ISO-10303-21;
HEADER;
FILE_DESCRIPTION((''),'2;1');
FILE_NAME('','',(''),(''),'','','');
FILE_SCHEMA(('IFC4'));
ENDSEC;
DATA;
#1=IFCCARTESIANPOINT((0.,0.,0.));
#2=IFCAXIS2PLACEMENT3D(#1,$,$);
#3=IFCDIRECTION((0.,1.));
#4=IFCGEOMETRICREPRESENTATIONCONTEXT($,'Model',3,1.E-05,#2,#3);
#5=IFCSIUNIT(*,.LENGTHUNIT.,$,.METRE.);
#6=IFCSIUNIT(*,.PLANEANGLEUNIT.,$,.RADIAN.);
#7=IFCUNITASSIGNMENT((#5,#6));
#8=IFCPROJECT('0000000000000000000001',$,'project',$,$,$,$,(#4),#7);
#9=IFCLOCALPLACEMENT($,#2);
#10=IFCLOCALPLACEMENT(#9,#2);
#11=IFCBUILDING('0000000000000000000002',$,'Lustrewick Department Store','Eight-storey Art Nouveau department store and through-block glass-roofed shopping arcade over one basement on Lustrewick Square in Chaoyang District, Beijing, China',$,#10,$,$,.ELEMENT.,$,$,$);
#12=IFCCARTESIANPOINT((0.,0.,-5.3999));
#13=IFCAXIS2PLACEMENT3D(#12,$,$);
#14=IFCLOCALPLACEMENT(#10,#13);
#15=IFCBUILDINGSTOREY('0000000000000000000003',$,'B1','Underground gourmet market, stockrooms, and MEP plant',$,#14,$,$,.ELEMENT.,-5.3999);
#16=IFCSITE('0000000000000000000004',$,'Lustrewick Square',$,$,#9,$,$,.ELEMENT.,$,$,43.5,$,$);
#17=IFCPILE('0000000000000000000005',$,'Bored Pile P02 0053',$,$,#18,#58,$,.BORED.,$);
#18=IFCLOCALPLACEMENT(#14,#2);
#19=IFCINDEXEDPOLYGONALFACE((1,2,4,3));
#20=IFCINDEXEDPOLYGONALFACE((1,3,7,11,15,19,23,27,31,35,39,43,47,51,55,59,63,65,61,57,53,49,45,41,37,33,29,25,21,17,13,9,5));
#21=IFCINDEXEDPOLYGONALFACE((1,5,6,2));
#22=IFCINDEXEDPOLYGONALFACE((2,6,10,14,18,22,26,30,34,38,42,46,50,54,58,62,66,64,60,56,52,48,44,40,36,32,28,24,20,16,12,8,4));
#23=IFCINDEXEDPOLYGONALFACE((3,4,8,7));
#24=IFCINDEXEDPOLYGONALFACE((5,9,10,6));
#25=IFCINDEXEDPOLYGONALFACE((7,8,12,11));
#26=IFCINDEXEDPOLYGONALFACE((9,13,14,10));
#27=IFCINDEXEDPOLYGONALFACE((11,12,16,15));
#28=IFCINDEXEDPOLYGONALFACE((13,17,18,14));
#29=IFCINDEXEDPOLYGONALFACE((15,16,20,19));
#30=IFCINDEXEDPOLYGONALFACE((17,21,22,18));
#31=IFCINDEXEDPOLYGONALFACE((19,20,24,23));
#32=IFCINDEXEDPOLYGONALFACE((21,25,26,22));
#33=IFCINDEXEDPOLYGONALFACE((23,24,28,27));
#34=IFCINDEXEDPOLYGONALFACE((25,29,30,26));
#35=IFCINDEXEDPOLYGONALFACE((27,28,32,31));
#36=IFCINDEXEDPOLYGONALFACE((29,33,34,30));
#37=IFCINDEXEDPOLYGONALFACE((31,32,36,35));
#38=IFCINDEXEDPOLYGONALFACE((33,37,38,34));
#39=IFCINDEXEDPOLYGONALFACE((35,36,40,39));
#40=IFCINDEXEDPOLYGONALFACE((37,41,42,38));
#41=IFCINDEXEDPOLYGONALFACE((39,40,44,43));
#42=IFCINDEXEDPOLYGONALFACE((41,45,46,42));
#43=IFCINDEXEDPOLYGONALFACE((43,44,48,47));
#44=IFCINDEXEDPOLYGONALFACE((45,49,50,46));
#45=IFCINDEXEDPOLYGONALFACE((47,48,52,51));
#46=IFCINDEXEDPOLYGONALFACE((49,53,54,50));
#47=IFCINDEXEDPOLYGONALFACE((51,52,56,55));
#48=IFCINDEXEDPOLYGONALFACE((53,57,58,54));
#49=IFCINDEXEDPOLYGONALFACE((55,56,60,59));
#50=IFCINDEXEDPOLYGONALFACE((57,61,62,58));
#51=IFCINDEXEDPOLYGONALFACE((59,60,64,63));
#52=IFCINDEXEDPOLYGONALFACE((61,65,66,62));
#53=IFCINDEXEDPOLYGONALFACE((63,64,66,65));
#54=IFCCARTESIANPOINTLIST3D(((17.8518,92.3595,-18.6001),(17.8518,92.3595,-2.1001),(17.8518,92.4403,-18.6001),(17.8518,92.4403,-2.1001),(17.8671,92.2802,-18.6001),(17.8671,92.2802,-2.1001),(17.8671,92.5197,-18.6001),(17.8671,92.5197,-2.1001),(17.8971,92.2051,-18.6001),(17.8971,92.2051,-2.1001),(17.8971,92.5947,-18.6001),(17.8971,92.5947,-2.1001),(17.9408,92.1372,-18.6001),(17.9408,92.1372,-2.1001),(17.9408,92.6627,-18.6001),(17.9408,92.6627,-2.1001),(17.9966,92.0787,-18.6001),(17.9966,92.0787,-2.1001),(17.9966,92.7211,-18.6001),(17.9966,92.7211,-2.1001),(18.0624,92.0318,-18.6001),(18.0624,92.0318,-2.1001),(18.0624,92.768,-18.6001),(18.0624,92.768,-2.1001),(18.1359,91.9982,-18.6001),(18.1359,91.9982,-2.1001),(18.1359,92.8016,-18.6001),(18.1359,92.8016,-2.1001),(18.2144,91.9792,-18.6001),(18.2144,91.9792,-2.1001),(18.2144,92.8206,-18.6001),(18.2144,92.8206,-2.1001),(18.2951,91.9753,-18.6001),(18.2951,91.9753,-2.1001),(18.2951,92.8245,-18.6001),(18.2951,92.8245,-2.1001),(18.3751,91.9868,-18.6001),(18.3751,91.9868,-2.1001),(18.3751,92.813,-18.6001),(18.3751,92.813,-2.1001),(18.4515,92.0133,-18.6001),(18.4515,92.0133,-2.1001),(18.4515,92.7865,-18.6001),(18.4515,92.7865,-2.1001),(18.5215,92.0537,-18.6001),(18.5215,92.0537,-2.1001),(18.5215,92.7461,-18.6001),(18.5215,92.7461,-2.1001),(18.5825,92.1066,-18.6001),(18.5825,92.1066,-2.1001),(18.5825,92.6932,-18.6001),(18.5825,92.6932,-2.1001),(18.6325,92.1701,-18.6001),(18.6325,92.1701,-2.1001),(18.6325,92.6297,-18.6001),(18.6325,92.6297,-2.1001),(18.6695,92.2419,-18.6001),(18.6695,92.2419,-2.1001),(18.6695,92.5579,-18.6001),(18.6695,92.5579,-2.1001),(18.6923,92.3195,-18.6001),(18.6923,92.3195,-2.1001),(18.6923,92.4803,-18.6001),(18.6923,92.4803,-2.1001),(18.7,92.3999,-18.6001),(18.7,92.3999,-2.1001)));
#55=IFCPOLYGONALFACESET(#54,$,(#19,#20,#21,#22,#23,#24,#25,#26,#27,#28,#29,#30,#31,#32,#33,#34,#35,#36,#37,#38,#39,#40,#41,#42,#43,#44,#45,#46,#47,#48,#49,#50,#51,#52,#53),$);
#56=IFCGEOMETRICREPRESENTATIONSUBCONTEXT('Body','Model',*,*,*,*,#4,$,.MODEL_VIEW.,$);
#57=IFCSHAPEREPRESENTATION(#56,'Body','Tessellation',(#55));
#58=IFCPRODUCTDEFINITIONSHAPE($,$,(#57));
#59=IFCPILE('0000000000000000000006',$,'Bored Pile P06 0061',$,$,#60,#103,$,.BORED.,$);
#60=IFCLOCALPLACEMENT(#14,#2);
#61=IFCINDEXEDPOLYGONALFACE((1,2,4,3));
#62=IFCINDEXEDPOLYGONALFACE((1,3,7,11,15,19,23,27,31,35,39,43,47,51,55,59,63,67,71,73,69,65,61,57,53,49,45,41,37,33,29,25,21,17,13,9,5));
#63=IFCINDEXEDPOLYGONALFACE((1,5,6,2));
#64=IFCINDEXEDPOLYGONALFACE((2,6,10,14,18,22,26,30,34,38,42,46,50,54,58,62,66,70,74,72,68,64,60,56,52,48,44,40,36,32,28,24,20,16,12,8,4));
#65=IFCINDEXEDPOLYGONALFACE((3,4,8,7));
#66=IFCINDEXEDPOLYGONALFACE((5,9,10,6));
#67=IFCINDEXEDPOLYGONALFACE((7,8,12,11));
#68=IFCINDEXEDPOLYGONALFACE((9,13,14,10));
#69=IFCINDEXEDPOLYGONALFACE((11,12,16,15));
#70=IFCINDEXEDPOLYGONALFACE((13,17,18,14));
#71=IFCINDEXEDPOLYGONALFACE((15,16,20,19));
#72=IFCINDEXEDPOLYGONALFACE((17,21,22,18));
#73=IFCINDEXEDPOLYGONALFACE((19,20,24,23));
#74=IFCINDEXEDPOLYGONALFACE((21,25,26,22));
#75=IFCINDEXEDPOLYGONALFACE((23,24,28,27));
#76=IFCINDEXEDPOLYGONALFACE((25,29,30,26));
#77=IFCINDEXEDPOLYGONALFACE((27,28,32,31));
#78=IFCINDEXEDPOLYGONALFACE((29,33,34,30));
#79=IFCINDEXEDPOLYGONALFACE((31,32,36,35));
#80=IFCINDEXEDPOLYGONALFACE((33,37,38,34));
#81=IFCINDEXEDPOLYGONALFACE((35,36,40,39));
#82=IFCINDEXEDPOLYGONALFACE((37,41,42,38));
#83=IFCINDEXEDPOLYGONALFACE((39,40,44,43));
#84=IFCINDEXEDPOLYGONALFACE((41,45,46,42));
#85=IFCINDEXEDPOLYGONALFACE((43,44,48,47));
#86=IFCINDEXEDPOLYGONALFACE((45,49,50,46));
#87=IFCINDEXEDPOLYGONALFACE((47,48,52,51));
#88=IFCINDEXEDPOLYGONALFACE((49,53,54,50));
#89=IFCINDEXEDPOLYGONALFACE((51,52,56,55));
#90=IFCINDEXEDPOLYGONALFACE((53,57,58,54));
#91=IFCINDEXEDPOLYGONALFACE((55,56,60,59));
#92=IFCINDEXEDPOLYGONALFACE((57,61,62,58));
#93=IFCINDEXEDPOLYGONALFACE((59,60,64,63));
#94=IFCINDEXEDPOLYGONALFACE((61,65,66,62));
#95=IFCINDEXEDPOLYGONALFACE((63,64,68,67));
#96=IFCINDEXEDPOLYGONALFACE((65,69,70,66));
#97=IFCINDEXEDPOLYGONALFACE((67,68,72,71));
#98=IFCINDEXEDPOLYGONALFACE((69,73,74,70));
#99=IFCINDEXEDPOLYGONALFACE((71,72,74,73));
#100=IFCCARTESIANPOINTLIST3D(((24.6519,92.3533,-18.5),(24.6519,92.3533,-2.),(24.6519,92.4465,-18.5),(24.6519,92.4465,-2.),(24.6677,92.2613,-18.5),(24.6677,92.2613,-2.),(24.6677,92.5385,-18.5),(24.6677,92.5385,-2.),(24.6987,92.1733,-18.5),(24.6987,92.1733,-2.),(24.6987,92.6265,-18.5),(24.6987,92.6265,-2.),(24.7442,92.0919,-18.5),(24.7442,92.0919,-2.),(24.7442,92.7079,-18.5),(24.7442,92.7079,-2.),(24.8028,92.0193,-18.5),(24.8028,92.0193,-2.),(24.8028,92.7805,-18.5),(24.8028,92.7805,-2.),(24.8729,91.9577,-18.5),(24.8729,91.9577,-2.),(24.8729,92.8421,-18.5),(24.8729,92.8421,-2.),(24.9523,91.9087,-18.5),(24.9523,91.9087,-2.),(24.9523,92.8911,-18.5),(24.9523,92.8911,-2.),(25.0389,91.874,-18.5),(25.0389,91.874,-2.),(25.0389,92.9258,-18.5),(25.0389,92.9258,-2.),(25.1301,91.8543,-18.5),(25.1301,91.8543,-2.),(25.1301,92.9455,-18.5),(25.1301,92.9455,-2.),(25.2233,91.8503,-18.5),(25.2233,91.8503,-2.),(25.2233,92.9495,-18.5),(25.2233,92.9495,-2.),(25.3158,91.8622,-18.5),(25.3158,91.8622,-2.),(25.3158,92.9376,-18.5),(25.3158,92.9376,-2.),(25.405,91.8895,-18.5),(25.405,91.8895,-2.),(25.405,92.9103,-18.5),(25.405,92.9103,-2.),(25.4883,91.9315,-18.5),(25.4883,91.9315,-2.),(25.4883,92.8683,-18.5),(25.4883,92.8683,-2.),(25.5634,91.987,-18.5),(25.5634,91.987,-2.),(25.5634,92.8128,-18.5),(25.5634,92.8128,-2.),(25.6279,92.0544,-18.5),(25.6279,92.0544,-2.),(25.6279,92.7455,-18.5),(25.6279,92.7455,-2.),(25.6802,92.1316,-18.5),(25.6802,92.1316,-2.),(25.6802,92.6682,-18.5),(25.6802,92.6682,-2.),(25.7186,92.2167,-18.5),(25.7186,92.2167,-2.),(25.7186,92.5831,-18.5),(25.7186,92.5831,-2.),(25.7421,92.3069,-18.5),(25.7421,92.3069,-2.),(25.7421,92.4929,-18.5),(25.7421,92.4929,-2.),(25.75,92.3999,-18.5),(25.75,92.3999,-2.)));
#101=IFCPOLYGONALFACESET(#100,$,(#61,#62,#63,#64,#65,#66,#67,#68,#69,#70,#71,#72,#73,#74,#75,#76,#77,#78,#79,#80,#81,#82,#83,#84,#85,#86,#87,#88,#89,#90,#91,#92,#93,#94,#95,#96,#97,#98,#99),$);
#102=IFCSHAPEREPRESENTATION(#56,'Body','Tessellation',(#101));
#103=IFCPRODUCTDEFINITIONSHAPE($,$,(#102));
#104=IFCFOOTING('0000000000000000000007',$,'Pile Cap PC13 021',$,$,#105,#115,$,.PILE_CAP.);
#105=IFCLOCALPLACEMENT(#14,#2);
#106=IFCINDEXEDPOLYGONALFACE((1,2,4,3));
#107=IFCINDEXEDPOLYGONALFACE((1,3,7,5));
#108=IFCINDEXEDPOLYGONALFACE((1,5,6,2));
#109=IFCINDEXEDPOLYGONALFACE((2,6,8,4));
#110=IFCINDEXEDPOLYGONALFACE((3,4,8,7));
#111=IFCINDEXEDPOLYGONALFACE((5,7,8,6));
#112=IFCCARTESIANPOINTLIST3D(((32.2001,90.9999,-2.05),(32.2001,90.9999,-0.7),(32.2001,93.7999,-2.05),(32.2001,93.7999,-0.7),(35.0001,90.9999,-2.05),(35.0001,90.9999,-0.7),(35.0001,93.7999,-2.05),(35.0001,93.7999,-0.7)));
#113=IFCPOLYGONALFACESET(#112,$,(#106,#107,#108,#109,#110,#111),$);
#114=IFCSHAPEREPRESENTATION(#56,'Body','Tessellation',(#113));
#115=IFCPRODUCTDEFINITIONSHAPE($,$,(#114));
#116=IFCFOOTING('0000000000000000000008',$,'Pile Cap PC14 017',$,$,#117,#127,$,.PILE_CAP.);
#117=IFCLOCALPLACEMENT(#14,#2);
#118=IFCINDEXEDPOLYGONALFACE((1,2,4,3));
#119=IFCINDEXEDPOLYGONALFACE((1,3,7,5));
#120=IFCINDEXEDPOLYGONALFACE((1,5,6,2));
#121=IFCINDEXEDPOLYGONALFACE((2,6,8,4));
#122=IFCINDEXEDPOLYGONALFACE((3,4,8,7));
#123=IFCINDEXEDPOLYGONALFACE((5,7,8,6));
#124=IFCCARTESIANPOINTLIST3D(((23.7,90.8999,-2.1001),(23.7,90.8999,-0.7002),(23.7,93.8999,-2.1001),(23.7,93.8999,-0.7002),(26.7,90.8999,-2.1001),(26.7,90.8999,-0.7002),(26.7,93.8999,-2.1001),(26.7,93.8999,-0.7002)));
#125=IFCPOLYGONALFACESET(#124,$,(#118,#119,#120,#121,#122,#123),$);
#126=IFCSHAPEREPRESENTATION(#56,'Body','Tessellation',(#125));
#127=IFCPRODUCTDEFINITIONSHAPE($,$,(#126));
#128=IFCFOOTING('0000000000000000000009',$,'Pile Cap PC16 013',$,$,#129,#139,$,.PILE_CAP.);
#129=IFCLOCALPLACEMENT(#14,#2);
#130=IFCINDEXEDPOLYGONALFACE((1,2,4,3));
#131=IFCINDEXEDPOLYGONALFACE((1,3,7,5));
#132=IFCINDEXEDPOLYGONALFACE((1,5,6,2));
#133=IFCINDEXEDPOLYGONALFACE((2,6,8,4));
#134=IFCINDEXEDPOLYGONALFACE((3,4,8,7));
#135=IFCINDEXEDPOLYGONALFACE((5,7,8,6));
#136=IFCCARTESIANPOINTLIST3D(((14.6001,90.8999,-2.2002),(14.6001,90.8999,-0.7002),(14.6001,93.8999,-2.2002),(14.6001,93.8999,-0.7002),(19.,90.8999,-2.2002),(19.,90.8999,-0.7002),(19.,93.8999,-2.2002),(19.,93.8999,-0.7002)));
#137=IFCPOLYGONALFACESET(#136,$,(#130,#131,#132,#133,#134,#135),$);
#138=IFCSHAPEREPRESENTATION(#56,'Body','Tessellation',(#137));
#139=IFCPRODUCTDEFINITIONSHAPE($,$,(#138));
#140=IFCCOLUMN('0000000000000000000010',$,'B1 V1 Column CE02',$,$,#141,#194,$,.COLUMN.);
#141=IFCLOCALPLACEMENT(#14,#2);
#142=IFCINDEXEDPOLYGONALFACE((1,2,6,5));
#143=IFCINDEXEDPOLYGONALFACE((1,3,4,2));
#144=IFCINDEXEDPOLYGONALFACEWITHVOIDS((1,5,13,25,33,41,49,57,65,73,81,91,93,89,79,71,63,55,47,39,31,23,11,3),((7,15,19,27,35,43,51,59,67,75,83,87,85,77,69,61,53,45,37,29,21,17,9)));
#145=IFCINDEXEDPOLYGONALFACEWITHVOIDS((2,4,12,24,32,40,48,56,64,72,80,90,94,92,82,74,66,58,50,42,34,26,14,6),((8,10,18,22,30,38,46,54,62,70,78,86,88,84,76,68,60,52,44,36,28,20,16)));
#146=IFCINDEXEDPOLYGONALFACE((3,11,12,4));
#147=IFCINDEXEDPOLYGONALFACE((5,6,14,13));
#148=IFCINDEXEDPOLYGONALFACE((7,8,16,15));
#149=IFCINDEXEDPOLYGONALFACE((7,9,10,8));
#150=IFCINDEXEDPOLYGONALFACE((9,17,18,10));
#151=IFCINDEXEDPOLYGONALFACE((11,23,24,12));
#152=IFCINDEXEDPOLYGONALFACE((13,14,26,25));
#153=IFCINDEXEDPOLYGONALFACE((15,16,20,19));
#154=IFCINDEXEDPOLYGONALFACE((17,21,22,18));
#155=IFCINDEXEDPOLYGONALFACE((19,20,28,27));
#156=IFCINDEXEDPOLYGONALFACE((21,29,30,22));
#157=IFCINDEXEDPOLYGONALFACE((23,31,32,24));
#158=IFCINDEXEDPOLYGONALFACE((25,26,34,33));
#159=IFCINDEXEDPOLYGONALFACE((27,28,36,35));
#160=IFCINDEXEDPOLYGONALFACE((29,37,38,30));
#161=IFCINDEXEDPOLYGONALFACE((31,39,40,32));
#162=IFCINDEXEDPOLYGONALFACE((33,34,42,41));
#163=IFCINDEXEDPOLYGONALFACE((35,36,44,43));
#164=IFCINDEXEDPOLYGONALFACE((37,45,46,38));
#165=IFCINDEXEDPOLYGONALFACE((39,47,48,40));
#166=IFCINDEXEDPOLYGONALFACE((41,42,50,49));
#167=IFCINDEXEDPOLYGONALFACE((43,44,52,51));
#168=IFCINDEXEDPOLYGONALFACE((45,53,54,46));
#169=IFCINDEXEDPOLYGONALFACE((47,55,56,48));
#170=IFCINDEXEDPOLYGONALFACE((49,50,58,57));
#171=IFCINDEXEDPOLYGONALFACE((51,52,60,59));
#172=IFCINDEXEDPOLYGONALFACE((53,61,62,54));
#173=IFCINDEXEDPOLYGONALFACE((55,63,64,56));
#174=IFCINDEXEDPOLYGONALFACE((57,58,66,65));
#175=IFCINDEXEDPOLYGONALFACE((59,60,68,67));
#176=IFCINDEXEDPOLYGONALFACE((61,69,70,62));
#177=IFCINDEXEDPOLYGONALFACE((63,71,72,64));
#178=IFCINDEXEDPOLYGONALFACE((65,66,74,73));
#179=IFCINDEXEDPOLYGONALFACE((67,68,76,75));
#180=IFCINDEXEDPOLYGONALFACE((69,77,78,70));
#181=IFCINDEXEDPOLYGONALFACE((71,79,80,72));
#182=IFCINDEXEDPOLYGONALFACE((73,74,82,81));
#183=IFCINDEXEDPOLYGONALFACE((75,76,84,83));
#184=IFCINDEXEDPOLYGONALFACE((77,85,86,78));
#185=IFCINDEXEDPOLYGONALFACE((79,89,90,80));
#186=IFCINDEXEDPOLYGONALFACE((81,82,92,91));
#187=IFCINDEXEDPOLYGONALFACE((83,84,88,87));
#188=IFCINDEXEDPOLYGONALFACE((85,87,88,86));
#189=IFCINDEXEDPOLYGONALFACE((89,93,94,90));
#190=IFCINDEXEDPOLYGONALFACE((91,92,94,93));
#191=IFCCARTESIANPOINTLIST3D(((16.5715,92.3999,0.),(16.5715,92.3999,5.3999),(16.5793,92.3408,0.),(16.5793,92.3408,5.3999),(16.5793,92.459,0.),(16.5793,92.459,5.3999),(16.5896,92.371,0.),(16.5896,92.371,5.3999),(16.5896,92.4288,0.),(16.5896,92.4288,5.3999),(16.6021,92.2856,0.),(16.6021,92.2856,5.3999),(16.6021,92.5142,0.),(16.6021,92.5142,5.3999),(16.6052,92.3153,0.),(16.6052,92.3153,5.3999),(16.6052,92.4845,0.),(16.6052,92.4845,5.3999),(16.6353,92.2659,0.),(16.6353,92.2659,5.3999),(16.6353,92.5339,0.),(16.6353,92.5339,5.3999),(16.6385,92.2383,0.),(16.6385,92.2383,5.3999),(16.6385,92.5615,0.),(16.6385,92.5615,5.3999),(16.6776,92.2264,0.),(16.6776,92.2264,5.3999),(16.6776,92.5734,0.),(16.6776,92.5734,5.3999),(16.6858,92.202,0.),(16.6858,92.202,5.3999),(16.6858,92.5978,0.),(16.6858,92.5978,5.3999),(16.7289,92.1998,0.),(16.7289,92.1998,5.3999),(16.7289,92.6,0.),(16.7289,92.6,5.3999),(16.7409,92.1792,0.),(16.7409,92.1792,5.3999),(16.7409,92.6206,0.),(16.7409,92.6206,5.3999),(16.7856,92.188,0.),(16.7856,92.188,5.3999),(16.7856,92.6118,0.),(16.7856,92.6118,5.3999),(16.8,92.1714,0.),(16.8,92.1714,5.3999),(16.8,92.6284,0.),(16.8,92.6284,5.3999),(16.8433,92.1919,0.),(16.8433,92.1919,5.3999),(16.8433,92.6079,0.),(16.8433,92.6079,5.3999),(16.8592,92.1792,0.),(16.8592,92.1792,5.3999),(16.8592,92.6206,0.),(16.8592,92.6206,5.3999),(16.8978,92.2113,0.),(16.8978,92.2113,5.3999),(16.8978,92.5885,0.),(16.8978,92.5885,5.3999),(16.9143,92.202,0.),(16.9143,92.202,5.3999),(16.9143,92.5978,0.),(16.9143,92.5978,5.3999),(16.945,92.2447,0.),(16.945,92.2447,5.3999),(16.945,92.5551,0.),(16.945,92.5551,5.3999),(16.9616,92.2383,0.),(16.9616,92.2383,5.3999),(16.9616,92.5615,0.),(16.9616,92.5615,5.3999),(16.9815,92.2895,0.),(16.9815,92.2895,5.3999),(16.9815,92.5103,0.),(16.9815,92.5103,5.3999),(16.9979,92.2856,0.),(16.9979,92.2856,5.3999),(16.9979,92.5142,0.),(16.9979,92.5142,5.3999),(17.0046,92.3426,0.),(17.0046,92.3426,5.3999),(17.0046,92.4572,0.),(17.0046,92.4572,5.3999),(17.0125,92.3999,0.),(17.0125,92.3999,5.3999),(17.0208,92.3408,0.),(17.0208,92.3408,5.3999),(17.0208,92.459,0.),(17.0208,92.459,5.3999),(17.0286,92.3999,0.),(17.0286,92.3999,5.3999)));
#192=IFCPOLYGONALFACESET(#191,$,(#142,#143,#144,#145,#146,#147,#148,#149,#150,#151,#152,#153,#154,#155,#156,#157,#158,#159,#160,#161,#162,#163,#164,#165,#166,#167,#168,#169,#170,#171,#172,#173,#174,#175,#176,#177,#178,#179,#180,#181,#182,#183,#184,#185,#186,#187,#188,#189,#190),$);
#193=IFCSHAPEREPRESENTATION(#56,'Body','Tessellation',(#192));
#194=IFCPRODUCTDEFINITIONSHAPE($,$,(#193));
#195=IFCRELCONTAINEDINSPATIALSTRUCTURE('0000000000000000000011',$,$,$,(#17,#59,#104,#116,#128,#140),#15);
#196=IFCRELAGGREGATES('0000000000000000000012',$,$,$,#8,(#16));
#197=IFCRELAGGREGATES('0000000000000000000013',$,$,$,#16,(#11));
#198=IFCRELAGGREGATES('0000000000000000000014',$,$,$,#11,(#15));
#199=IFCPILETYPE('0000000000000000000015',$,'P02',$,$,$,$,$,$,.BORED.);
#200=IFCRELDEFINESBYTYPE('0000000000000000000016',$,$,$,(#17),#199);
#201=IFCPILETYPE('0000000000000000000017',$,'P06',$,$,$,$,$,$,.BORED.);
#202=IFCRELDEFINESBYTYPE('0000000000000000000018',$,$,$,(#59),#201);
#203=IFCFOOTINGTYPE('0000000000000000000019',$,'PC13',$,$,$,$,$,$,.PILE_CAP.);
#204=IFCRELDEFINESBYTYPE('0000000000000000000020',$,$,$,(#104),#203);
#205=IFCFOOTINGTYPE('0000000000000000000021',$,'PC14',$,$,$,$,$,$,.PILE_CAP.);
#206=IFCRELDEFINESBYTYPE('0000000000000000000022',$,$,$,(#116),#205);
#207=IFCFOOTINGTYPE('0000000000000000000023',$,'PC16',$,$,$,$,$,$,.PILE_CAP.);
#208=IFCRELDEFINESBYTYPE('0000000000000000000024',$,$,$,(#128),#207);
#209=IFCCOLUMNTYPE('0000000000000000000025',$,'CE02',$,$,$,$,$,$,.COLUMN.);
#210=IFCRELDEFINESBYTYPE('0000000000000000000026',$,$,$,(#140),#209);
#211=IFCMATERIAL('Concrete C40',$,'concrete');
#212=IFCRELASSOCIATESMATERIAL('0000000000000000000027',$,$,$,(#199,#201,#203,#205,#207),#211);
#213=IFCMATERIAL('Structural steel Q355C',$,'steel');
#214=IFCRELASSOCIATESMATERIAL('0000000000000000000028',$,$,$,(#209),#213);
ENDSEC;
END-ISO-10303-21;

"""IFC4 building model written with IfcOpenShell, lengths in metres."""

from ifc_helpers import new_model, si_unit, direction, frame, origin, origin_2d, place, context, subcontext, project, spatial, rectangle, circle, hollow_circle, extrude, material, material_profile, profile_set, type_object, element, save


model = new_model("IFC4")

# Units and contexts
model_context = context("Model", 3, precision=1e-05, world=origin(), true_north=direction((0.0, 1.0)))
body_context = subcontext(model_context, "Body", "Model", "MODEL_VIEW")
ifc_project = project(units=[si_unit("LENGTHUNIT", "METRE"), si_unit("PLANEANGLEUNIT", "RADIAN")], contexts=[model_context])

# Site, building, storey
site_placement = place(None, origin())
site = spatial("IfcSite", under=ifc_project, at=site_placement, Name="Lustrewick Square", CompositionType="ELEMENT", RefElevation=43.5)
building_placement = place(site_placement, origin())
building = spatial("IfcBuilding", under=site, at=building_placement, Name="Lustrewick Department Store", Description="Eight-storey Art Nouveau department store and through-block glass-roofed shopping arcade over one basement on Lustrewick Square in Chaoyang District, Beijing, China", CompositionType="ELEMENT")
storey_placement = place(building_placement, frame((0.0, 0.0, -5.3999)))
storey = spatial("IfcBuildingStorey", under=building, at=storey_placement, Name="B1", Description="Underground gourmet market, stockrooms, and MEP plant", CompositionType="ELEMENT", Elevation=-5.3999)

# Piles
ifc_material_1 = material(Name="Concrete C40", Category="concrete")
ifc_material_profile_1 = material_profile(ifc_material_1, circle(Radius=0.425, at=origin_2d()), Name="PILE D850")
ifc_profile_set_1 = profile_set([ifc_material_profile_1], Name="Concrete C40")
pile_type_1 = type_object("IfcPileType", Name="P02", PredefinedType="BORED", material=ifc_profile_set_1)
pile_1_placement = place(storey_placement, frame((18.2749, 92.3999, -2.1001), z_axis=(0.0, 0.0, -1.0), x_axis=(1.0, 0.0, 0.0)))
element("IfcPile", 1, at=pile_1_placement, inside=storey, type_object=pile_type_1, Name="Bored Pile P02 0053", PredefinedType="BORED", context=body_context, shape_type="SweptSolid", body=[
    extrude(circle(Radius=0.425, at=origin_2d()), origin(), (0.0, 0.0, 1.0), 16.5),
])
ifc_material_profile_2 = material_profile(ifc_material_1, circle(Radius=0.55, at=origin_2d()), Name="PILE D1100")
ifc_profile_set_2 = profile_set([ifc_material_profile_2], Name="Concrete C40")
pile_type_2 = type_object("IfcPileType", Name="P06", PredefinedType="BORED", material=ifc_profile_set_2)
pile_2_placement = place(storey_placement, frame((25.2, 92.3999, -2.0), z_axis=(0.0, 0.0, -1.0), x_axis=(1.0, 0.0, 0.0)))
element("IfcPile", 2, at=pile_2_placement, inside=storey, type_object=pile_type_2, Name="Bored Pile P06 0061", PredefinedType="BORED", context=body_context, shape_type="SweptSolid", body=[
    extrude(circle(Radius=0.55, at=origin_2d()), origin(), (0.0, 0.0, 1.0), 16.5),
])

# Footings
footing_type_1 = type_object("IfcFootingType", Name="PC13", PredefinedType="PILE_CAP", material=ifc_material_1)
footing_1_placement = place(storey_placement, frame((33.6001, 92.3999, -2.05), z_axis=(0.0, 0.0, 1.0), x_axis=(1.0, 0.0, 0.0)))
element("IfcFooting", 3, at=footing_1_placement, inside=storey, type_object=footing_type_1, Name="Pile Cap PC13 021", PredefinedType="PILE_CAP", context=body_context, shape_type="SweptSolid", body=[
    extrude(rectangle(XDim=2.8, YDim=2.8, at=origin_2d()), origin(), (0.0, 0.0, 1.0), 1.3501),
])
footing_type_2 = type_object("IfcFootingType", Name="PC14", PredefinedType="PILE_CAP", material=ifc_material_1)
footing_2_placement = place(storey_placement, frame((25.2, 92.3999, -2.1001), z_axis=(0.0, 0.0, 1.0), x_axis=(1.0, 0.0, 0.0)))
element("IfcFooting", 4, at=footing_2_placement, inside=storey, type_object=footing_type_2, Name="Pile Cap PC14 017", PredefinedType="PILE_CAP", context=body_context, shape_type="SweptSolid", body=[
    extrude(rectangle(XDim=3.0, YDim=3.0, at=origin_2d()), origin(), (0.0, 0.0, 1.0), 1.3999),
])
footing_type_3 = type_object("IfcFootingType", Name="PC16", PredefinedType="PILE_CAP", material=ifc_material_1)
footing_3_placement = place(storey_placement, frame((16.8, 92.3999, -2.2002), z_axis=(0.0, 0.0, 1.0), x_axis=(1.0, 0.0, 0.0)))
element("IfcFooting", 5, at=footing_3_placement, inside=storey, type_object=footing_type_3, Name="Pile Cap PC16 013", PredefinedType="PILE_CAP", context=body_context, shape_type="SweptSolid", body=[
    extrude(rectangle(XDim=4.3999, YDim=3.0, at=origin_2d()), origin(), (0.0, 0.0, 1.0), 1.5),
])

# Column
ifc_material_2 = material(Name="Structural steel Q355C", Category="steel")
ifc_material_profile_3 = material_profile(ifc_material_2, hollow_circle(Radius=0.2285, WallThickness=0.0161, at=origin_2d()), Name="CHS 457x16")
ifc_profile_set_3 = profile_set([ifc_material_profile_3], Name="Structural steel Q355C")
column_type = type_object("IfcColumnType", Name="CE02", PredefinedType="COLUMN", material=ifc_profile_set_3)
for number, where, z_axis, x_axis, name in (
    (6, (16.8, 92.3999, 0.0), (0.0, 0.0, 1.0), (1.0, 0.0, 0.0), "B1 V1 Column CE02"),
):
    element("IfcColumn", number, at=place(storey_placement, frame(where, z_axis=z_axis, x_axis=x_axis)), inside=storey, type_object=column_type, Name=name, PredefinedType="COLUMN", context=body_context, shape_type="SweptSolid", body=[
        extrude(hollow_circle(Radius=0.2285, WallThickness=0.0161, at=origin_2d()), origin(), (0.0, 0.0, 1.0), 5.3999),
    ])

save(model, "model.ifc")
